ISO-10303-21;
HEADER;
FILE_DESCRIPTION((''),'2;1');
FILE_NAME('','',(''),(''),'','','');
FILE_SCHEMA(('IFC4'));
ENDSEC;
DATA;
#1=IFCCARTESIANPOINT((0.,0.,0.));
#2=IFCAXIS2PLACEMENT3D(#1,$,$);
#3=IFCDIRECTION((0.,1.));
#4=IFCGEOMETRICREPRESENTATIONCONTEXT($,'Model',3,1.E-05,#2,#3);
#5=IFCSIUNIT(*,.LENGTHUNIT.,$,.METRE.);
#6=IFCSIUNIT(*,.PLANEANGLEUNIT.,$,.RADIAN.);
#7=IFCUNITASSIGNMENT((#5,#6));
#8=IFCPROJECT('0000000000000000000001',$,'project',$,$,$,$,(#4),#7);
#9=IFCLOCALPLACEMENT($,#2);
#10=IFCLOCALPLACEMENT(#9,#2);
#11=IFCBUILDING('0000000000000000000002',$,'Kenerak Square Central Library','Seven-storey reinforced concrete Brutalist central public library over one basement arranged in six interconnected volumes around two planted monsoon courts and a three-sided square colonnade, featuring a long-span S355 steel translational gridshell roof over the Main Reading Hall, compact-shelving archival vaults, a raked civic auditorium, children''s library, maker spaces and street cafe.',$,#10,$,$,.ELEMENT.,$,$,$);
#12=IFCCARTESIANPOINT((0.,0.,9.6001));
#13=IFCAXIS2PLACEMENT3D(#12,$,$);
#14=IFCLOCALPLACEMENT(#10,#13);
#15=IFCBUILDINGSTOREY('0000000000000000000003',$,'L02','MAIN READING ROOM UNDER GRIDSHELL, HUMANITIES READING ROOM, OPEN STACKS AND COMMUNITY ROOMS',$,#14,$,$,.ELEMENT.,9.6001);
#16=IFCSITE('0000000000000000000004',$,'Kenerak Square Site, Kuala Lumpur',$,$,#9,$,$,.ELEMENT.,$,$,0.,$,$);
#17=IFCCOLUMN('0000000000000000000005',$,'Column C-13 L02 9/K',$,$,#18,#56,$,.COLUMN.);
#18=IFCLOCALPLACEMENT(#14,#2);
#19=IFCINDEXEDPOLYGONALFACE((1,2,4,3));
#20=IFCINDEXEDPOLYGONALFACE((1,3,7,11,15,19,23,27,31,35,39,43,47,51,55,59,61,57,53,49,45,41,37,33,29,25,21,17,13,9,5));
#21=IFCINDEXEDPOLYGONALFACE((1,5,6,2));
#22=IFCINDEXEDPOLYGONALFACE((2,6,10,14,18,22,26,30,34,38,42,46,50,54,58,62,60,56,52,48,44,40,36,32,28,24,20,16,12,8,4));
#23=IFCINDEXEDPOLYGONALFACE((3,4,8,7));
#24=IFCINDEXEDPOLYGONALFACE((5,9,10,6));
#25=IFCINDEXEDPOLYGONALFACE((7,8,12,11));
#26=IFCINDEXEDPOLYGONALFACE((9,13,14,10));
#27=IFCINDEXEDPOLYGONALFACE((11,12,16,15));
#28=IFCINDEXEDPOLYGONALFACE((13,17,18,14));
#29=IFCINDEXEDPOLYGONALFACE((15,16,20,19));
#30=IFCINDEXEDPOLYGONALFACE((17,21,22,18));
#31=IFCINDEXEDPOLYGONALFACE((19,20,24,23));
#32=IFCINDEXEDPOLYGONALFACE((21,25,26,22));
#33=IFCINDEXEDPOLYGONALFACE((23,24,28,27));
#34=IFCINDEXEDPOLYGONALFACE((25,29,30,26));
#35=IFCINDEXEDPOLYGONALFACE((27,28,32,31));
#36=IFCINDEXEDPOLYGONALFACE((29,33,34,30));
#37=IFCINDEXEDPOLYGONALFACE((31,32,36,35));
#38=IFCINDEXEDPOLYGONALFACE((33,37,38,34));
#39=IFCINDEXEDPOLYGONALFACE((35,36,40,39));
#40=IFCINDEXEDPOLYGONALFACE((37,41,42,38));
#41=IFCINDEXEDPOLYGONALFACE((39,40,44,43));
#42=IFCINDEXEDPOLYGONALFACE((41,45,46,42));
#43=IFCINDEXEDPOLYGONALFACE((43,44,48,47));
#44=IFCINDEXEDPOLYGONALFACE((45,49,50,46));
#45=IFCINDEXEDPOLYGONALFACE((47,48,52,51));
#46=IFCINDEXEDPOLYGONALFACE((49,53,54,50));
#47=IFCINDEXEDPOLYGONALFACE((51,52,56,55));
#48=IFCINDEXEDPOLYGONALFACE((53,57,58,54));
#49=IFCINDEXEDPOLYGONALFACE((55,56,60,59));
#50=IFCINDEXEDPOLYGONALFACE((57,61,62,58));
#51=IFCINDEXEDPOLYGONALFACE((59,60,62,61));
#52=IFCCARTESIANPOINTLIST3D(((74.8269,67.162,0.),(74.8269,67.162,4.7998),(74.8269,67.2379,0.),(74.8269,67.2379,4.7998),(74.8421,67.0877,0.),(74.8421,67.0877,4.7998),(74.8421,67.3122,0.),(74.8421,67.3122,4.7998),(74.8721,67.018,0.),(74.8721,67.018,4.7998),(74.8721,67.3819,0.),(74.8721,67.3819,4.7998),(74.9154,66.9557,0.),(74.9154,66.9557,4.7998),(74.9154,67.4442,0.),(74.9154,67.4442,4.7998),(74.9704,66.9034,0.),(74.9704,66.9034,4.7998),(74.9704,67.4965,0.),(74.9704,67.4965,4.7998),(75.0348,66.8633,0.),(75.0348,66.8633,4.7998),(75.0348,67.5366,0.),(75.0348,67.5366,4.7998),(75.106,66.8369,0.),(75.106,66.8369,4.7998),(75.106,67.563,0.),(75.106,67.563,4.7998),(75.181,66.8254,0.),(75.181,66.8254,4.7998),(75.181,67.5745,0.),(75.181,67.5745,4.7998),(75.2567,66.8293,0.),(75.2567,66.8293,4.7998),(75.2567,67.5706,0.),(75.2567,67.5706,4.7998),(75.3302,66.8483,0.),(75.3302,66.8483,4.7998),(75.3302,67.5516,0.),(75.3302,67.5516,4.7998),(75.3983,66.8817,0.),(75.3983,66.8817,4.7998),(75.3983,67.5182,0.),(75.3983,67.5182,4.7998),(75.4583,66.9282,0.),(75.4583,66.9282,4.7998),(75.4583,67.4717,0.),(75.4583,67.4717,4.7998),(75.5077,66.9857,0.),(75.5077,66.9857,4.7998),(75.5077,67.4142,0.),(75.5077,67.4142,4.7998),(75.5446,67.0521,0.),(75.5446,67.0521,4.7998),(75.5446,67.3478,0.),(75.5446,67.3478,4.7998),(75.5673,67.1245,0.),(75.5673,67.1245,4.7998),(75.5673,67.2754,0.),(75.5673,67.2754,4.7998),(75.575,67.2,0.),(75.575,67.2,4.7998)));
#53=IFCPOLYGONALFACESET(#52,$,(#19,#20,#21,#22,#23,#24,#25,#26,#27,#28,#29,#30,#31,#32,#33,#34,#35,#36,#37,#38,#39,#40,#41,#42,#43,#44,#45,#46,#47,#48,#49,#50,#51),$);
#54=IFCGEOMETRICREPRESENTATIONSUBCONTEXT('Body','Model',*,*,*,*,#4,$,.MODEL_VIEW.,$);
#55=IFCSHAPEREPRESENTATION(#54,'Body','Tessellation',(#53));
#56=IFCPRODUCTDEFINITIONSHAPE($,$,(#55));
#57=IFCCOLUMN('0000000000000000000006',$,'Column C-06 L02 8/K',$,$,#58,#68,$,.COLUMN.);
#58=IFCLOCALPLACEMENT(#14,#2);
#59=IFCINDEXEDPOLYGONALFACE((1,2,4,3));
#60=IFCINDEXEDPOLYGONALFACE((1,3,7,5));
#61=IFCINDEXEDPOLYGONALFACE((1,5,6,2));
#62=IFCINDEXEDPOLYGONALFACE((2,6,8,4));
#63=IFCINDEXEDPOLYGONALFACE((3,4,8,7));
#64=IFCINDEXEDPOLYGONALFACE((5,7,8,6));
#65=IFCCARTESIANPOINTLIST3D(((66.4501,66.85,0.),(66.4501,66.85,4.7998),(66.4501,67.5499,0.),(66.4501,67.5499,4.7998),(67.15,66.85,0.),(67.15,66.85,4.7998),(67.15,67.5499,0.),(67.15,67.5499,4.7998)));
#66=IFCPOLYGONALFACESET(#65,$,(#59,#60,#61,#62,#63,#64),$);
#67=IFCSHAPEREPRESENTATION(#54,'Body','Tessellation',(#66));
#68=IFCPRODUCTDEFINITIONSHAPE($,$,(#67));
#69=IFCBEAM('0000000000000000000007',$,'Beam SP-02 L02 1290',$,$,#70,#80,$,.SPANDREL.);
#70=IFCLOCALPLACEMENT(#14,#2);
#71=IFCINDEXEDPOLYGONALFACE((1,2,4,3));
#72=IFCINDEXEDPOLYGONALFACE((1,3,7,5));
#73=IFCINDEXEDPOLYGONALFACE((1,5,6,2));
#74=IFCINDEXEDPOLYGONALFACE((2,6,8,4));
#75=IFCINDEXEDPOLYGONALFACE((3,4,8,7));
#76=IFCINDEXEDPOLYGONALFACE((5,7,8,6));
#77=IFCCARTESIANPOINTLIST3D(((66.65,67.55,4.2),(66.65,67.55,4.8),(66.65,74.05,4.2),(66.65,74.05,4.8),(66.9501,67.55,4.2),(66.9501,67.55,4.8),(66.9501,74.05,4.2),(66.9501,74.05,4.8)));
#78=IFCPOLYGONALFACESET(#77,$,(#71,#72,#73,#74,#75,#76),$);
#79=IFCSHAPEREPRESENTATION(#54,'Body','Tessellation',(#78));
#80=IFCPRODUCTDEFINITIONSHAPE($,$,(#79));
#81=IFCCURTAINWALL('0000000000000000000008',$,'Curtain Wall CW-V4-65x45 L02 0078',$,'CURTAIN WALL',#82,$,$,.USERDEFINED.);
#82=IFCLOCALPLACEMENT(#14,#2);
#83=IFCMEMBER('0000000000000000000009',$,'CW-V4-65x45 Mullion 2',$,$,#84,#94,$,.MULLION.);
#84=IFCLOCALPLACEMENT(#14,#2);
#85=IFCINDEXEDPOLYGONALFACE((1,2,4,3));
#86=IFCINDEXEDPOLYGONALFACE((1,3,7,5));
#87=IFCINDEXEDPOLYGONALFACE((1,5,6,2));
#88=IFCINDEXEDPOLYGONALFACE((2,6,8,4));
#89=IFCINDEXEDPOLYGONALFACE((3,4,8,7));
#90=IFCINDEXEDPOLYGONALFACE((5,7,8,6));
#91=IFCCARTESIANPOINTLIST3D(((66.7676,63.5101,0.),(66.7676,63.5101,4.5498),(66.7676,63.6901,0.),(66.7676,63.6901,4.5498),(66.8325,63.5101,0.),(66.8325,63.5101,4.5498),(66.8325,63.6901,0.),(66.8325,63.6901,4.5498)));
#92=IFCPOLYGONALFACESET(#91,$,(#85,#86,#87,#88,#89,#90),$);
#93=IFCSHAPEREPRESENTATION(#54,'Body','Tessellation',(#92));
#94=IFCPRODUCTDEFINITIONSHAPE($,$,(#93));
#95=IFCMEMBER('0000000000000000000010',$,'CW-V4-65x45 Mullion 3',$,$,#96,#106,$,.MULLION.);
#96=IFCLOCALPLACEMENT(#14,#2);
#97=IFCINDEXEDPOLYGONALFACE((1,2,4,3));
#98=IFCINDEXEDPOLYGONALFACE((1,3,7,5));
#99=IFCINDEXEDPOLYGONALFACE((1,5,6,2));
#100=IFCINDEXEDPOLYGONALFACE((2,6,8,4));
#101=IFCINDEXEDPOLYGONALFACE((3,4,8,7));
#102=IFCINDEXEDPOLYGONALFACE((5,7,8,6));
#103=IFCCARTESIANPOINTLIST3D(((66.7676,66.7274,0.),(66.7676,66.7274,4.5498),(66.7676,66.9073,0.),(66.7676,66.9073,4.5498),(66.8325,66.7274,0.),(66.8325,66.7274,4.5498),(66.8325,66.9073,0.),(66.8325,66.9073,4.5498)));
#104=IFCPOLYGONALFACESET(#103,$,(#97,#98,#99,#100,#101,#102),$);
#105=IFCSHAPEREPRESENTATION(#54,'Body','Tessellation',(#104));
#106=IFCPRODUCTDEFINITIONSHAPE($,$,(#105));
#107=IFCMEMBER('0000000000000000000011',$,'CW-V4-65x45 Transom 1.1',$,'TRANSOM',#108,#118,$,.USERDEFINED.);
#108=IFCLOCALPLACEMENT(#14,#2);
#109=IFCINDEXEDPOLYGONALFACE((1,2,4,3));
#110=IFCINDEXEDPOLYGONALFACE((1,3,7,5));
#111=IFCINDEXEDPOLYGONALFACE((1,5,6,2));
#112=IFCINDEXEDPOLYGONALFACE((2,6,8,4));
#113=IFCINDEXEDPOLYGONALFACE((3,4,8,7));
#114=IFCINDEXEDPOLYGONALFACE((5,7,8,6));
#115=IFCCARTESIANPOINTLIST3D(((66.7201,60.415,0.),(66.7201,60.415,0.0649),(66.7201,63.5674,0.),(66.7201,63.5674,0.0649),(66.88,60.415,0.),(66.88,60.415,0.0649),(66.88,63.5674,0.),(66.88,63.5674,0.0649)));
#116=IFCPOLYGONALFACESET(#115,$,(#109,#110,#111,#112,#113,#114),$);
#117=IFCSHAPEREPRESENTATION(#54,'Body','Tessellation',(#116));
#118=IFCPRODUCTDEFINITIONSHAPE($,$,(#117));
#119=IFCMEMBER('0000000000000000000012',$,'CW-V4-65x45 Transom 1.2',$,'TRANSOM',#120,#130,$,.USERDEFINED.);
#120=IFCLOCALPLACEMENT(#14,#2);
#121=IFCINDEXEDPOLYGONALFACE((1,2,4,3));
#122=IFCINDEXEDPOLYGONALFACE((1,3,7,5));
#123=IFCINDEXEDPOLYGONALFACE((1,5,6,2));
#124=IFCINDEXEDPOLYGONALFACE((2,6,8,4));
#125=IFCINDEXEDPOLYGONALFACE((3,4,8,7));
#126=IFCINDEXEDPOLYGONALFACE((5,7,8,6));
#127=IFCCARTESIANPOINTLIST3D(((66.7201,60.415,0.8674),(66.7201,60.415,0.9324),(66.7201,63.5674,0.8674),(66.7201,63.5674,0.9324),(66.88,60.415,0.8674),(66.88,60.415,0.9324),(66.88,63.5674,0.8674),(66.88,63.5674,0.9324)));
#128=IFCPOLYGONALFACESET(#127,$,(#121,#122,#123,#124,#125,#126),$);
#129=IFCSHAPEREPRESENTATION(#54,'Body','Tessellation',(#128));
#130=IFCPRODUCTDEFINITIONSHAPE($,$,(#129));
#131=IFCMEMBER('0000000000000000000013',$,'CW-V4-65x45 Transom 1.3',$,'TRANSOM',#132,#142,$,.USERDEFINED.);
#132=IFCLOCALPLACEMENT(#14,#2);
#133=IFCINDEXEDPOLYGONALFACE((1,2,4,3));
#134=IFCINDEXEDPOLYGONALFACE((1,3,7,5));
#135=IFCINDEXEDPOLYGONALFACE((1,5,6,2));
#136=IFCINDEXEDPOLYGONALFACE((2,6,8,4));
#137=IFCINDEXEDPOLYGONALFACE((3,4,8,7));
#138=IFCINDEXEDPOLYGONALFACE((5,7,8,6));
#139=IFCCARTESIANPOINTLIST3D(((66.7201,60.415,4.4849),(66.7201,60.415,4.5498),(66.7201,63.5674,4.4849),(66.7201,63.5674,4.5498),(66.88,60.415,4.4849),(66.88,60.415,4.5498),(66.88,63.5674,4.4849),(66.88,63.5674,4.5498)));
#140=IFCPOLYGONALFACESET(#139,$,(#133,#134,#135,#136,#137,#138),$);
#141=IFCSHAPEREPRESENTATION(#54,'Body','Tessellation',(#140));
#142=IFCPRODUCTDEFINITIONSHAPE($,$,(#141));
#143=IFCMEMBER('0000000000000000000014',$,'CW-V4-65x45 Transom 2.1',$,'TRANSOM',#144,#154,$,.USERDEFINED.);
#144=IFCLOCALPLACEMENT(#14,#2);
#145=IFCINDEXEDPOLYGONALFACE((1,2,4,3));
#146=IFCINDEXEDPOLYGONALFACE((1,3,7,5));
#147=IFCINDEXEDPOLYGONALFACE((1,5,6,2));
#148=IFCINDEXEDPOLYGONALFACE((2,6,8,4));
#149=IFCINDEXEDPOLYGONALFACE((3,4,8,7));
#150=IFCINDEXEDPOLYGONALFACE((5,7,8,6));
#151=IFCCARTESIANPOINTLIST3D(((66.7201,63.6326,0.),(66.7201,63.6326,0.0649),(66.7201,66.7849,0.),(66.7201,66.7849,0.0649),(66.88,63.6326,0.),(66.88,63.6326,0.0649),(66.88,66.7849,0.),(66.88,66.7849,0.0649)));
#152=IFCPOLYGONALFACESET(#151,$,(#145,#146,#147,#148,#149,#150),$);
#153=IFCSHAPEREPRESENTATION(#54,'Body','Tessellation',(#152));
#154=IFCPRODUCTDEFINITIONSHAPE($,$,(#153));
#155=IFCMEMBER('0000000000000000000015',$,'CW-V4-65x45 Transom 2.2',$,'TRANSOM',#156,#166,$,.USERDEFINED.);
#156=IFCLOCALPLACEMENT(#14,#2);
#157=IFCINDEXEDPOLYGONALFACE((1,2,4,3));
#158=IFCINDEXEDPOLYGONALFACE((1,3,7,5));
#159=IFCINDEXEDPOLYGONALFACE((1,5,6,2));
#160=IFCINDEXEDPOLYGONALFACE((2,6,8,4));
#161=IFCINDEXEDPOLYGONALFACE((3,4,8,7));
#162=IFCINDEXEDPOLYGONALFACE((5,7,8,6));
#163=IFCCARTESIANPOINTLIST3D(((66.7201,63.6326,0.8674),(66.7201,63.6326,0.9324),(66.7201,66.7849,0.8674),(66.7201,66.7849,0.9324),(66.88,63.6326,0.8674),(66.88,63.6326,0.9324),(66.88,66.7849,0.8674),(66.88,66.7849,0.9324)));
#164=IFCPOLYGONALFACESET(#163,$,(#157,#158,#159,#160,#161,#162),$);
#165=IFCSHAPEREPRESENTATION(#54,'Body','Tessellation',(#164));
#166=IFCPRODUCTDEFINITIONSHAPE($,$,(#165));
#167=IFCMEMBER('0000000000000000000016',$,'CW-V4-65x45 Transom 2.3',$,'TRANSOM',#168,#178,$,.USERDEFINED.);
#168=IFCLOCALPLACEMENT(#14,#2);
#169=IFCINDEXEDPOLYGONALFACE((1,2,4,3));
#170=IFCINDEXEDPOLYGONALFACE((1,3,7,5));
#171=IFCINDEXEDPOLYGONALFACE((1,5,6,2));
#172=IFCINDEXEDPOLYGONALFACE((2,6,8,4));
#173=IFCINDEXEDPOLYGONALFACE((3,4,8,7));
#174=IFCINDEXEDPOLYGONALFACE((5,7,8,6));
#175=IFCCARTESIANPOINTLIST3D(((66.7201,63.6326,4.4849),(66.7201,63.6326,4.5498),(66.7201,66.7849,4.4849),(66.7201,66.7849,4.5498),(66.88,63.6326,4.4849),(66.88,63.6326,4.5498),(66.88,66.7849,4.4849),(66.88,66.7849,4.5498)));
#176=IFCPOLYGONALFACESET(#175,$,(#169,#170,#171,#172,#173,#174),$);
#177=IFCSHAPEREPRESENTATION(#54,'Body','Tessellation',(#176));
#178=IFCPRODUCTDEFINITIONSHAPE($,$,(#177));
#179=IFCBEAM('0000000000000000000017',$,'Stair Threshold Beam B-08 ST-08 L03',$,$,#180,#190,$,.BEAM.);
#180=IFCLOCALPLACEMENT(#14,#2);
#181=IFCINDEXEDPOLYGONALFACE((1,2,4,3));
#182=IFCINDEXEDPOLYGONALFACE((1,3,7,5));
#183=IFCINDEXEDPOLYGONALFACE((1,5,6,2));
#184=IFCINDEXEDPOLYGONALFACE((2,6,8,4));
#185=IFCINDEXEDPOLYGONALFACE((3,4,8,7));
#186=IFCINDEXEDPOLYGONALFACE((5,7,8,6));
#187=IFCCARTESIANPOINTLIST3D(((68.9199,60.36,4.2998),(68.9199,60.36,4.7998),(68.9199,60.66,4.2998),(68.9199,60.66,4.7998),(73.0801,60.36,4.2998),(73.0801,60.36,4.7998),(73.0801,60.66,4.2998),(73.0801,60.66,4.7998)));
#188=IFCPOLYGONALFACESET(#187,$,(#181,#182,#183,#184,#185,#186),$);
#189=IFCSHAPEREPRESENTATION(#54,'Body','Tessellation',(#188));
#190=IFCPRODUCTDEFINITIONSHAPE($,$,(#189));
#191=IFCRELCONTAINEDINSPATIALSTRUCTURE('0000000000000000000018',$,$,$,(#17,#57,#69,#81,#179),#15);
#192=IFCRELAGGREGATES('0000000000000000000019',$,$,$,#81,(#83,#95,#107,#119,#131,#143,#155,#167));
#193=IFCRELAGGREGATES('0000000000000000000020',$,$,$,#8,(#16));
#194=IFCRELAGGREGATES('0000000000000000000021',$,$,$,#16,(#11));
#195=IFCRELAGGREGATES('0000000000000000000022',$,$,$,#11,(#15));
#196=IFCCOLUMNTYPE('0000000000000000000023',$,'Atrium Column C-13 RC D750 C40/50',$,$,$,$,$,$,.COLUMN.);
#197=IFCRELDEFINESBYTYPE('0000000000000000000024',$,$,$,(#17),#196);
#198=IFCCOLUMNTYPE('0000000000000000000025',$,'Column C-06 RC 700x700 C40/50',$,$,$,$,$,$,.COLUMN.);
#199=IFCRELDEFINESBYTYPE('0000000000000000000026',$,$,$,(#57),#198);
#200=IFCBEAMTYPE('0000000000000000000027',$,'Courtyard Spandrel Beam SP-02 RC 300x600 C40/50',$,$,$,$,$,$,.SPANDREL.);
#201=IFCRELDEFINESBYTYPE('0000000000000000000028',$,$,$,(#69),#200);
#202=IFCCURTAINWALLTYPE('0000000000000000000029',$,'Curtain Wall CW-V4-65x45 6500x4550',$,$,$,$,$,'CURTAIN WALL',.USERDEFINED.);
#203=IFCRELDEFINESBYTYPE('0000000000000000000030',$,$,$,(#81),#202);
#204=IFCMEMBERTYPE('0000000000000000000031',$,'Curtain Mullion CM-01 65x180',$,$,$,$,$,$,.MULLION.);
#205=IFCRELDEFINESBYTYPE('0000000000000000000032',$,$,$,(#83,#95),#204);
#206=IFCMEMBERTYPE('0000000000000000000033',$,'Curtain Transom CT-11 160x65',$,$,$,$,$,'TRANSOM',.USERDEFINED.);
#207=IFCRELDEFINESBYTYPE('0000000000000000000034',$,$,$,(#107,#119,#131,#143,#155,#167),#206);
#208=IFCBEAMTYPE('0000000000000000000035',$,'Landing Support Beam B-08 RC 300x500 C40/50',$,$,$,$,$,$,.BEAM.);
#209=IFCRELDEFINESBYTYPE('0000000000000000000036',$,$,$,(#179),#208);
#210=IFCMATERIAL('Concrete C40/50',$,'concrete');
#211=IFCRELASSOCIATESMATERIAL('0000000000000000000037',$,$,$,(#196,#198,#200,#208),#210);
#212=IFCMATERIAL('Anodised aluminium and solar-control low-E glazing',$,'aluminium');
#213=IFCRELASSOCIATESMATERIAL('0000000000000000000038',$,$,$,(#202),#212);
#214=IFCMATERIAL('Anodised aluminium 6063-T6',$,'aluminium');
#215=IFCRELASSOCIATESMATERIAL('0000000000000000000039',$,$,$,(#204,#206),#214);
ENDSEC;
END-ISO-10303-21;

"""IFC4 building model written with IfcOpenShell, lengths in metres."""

from ifc_helpers import new_model, si_unit, direction, frame, origin, origin_2d, place, context, subcontext, project, spatial, rectangle, circle, extrude, material, material_profile, profile_set, type_object, element, aggregate, save


model = new_model("IFC4")

# Units and contexts
model_context = context("Model", 3, precision=1e-05, world=origin(), true_north=direction((0.0, 1.0)))
body_context = subcontext(model_context, "Body", "Model", "MODEL_VIEW")
ifc_project = project(units=[si_unit("LENGTHUNIT", "METRE"), si_unit("PLANEANGLEUNIT", "RADIAN")], contexts=[model_context])

# Site, building, storey
site_placement = place(None, origin())
site = spatial("IfcSite", under=ifc_project, at=site_placement, Name="Kenerak Square Site, Kuala Lumpur", CompositionType="ELEMENT", RefElevation=0.0)
building_placement = place(site_placement, origin())
building = spatial("IfcBuilding", under=site, at=building_placement, Name="Kenerak Square Central Library", Description="Seven-storey reinforced concrete Brutalist central public library over one basement arranged in six interconnected volumes around two planted monsoon courts and a three-sided square colonnade, featuring a long-span S355 steel translational gridshell roof over the Main Reading Hall, compact-shelving archival vaults, a raked civic auditorium, children's library, maker spaces and street cafe.", CompositionType="ELEMENT")
storey_placement = place(building_placement, frame((0.0, 0.0, 9.6001)))
storey = spatial("IfcBuildingStorey", under=building, at=storey_placement, Name="L02", Description="MAIN READING ROOM UNDER GRIDSHELL, HUMANITIES READING ROOM, OPEN STACKS AND COMMUNITY ROOMS", CompositionType="ELEMENT", Elevation=9.6001)

# Columns
ifc_material_1 = material(Name="Concrete C40/50", Category="concrete")
ifc_material_profile_1 = material_profile(ifc_material_1, circle(Radius=0.375, at=origin_2d()), Name="RC D750")
ifc_profile_set_1 = profile_set([ifc_material_profile_1], Name="Concrete C40/50")
column_type_1 = type_object("IfcColumnType", Name="Atrium Column C-13 RC D750 C40/50", PredefinedType="COLUMN", material=ifc_profile_set_1)
column_1_placement = place(storey_placement, frame((75.2, 67.2, 0.0), z_axis=(0.0, 0.0, 1.0), x_axis=(1.0, 0.0, 0.0)))
element("IfcColumn", 1, at=column_1_placement, inside=storey, type_object=column_type_1, Name="Column C-13 L02 9/K", PredefinedType="COLUMN", context=body_context, shape_type="SweptSolid", body=[
    extrude(circle(Radius=0.375, at=origin_2d()), origin(), (0.0, 0.0, 1.0), 4.7998),
])
ifc_material_profile_2 = material_profile(ifc_material_1, rectangle(XDim=0.7, YDim=0.7, at=origin_2d()), Name="RC 700x700")
ifc_profile_set_2 = profile_set([ifc_material_profile_2], Name="Concrete C40/50")
column_type_2 = type_object("IfcColumnType", Name="Column C-06 RC 700x700 C40/50", PredefinedType="COLUMN", material=ifc_profile_set_2)
column_2_placement = place(storey_placement, frame((66.8, 67.2, 0.0), z_axis=(0.0, 0.0, 1.0), x_axis=(1.0, 0.0, 0.0)))
element("IfcColumn", 2, at=column_2_placement, inside=storey, type_object=column_type_2, Name="Column C-06 L02 8/K", PredefinedType="COLUMN", context=body_context, shape_type="SweptSolid", body=[
    extrude(rectangle(XDim=0.7, YDim=0.7, at=origin_2d()), origin(), (0.0, 0.0, 1.0), 4.7998),
])

# Beam
ifc_material_profile_3 = material_profile(ifc_material_1, rectangle(XDim=0.3, YDim=0.6001, at=origin_2d()), Name="RC 300x600")
ifc_profile_set_3 = profile_set([ifc_material_profile_3], Name="Concrete C40/50")
beam_type_1 = type_object("IfcBeamType", Name="Courtyard Spandrel Beam SP-02 RC 300x600 C40/50", PredefinedType="SPANDREL", material=ifc_profile_set_3)
beam_1_placement = place(storey_placement, frame((66.8, 67.55, 4.5), z_axis=(0.0, 1.0, 0.0), x_axis=(-1.0, 0.0, 0.0)))
element("IfcBeam", 3, at=beam_1_placement, inside=storey, type_object=beam_type_1, Name="Beam SP-02 L02 1290", PredefinedType="SPANDREL", context=body_context, shape_type="SweptSolid", body=[
    extrude(rectangle(XDim=0.3, YDim=0.6001, at=origin_2d()), origin(), (0.0, 0.0, 1.0), 6.5),
])

# Curtain wall, members
ifc_material_2 = material(Name="Anodised aluminium and solar-control low-E glazing", Category="aluminium")
curtain_wall_type = type_object("IfcCurtainWallType", Name="Curtain Wall CW-V4-65x45 6500x4550", ElementType="CURTAIN WALL", PredefinedType="USERDEFINED", material=ifc_material_2)
curtain_wall_placement = place(storey_placement, origin())
curtain_wall = element("IfcCurtainWall", 4, at=curtain_wall_placement, inside=storey, type_object=curtain_wall_type, Name="Curtain Wall CW-V4-65x45 L02 0078", ObjectType="CURTAIN WALL", PredefinedType="USERDEFINED")
ifc_material_3 = material(Name="Anodised aluminium 6063-T6", Category="aluminium")
ifc_material_profile_4 = material_profile(ifc_material_3, rectangle(XDim=0.0649, YDim=0.1799, at=origin_2d()), Name="AL MULLION 65x180")
ifc_profile_set_4 = profile_set([ifc_material_profile_4], Name="Anodised aluminium 6063-T6")
member_type_1 = type_object("IfcMemberType", Name="Curtain Mullion CM-01 65x180", PredefinedType="MULLION", material=ifc_profile_set_4)
member_1_placement = place(storey_placement, frame((66.8, 63.6001, 0.0), z_axis=(0.0, 0.0, 1.0), x_axis=(-1.0, 0.0, 0.0)))
member_1 = element("IfcMember", 5, at=member_1_placement, type_object=member_type_1, Name="CW-V4-65x45 Mullion 2", PredefinedType="MULLION", context=body_context, shape_type="SweptSolid", body=[
    extrude(rectangle(XDim=0.0649, YDim=0.1799, at=origin_2d()), origin(), (0.0, 0.0, 1.0), 4.5498),
])
member_2_placement = place(storey_placement, frame((66.8, 66.8174, 0.0), z_axis=(0.0, 0.0, 1.0), x_axis=(-1.0, 0.0, 0.0)))
member_2 = element("IfcMember", 6, at=member_2_placement, type_object=member_type_1, Name="CW-V4-65x45 Mullion 3", PredefinedType="MULLION", context=body_context, shape_type="SweptSolid", body=[
    extrude(rectangle(XDim=0.0649, YDim=0.1799, at=origin_2d()), origin(), (0.0, 0.0, 1.0), 4.5498),
])
ifc_material_profile_5 = material_profile(ifc_material_3, rectangle(XDim=0.1599, YDim=0.0649, at=origin_2d()), Name="AL TRANSOM 160x65")
ifc_profile_set_5 = profile_set([ifc_material_profile_5], Name="Anodised aluminium 6063-T6")
member_type_2 = type_object("IfcMemberType", Name="Curtain Transom CT-11 160x65", ElementType="TRANSOM", PredefinedType="USERDEFINED", material=ifc_profile_set_5)
member_3_placement = place(storey_placement, frame((66.8, 60.415, 0.0325), z_axis=(0.0, 1.0, 0.0), x_axis=(-1.0, 0.0, 0.0)))
member_3 = element("IfcMember", 7, at=member_3_placement, type_object=member_type_2, Name="CW-V4-65x45 Transom 1.1", ObjectType="TRANSOM", PredefinedType="USERDEFINED", context=body_context, shape_type="SweptSolid", body=[
    extrude(rectangle(XDim=0.1599, YDim=0.0649, at=origin_2d()), origin(), (0.0, 0.0, 1.0), 3.1523),
])
member_4_placement = place(storey_placement, frame((66.8, 60.415, 0.8999), z_axis=(0.0, 1.0, 0.0), x_axis=(-1.0, 0.0, 0.0)))
member_4 = element("IfcMember", 8, at=member_4_placement, type_object=member_type_2, Name="CW-V4-65x45 Transom 1.2", ObjectType="TRANSOM", PredefinedType="USERDEFINED", context=body_context, shape_type="SweptSolid", body=[
    extrude(rectangle(XDim=0.1599, YDim=0.0649, at=origin_2d()), origin(), (0.0, 0.0, 1.0), 3.1523),
])
member_5_placement = place(storey_placement, frame((66.8, 60.415, 4.5173), z_axis=(0.0, 1.0, 0.0), x_axis=(-1.0, 0.0, 0.0)))
member_5 = element("IfcMember", 9, at=member_5_placement, type_object=member_type_2, Name="CW-V4-65x45 Transom 1.3", ObjectType="TRANSOM", PredefinedType="USERDEFINED", context=body_context, shape_type="SweptSolid", body=[
    extrude(rectangle(XDim=0.1599, YDim=0.0649, at=origin_2d()), origin(), (0.0, 0.0, 1.0), 3.1523),
])
member_6_placement = place(storey_placement, frame((66.8, 63.6326, 0.0325), z_axis=(0.0, 1.0, 0.0), x_axis=(-1.0, 0.0, 0.0)))
member_6 = element("IfcMember", 10, at=member_6_placement, type_object=member_type_2, Name="CW-V4-65x45 Transom 2.1", ObjectType="TRANSOM", PredefinedType="USERDEFINED", context=body_context, shape_type="SweptSolid", body=[
    extrude(rectangle(XDim=0.1599, YDim=0.0649, at=origin_2d()), origin(), (0.0, 0.0, 1.0), 3.1523),
])
member_7_placement = place(storey_placement, frame((66.8, 63.6326, 0.8999), z_axis=(0.0, 1.0, 0.0), x_axis=(-1.0, 0.0, 0.0)))
member_7 = element("IfcMember", 11, at=member_7_placement, type_object=member_type_2, Name="CW-V4-65x45 Transom 2.2", ObjectType="TRANSOM", PredefinedType="USERDEFINED", context=body_context, shape_type="SweptSolid", body=[
    extrude(rectangle(XDim=0.1599, YDim=0.0649, at=origin_2d()), origin(), (0.0, 0.0, 1.0), 3.1523),
])
member_8_placement = place(storey_placement, frame((66.8, 63.6326, 4.5173), z_axis=(0.0, 1.0, 0.0), x_axis=(-1.0, 0.0, 0.0)))
member_8 = element("IfcMember", 12, at=member_8_placement, type_object=member_type_2, Name="CW-V4-65x45 Transom 2.3", ObjectType="TRANSOM", PredefinedType="USERDEFINED", context=body_context, shape_type="SweptSolid", body=[
    extrude(rectangle(XDim=0.1599, YDim=0.0649, at=origin_2d()), origin(), (0.0, 0.0, 1.0), 3.1523),
])

# Beam
ifc_material_profile_6 = material_profile(ifc_material_1, rectangle(XDim=0.3, YDim=0.5, at=origin_2d()), Name="RC 300x500")
ifc_profile_set_6 = profile_set([ifc_material_profile_6], Name="Concrete C40/50")
beam_type_2 = type_object("IfcBeamType", Name="Landing Support Beam B-08 RC 300x500 C40/50", PredefinedType="BEAM", material=ifc_profile_set_6)
beam_2_placement = place(storey_placement, frame((68.9199, 60.51, 4.5498), z_axis=(1.0, 0.0, 0.0), x_axis=(0.0, 1.0, 0.0)))
element("IfcBeam", 13, at=beam_2_placement, inside=storey, type_object=beam_type_2, Name="Stair Threshold Beam B-08 ST-08 L03", PredefinedType="BEAM", context=body_context, shape_type="SweptSolid", body=[
    extrude(rectangle(XDim=0.3, YDim=0.5, at=origin_2d()), origin(), (0.0, 0.0, 1.0), 4.1602),
])

aggregate(curtain_wall, [member_1, member_2, member_3, member_4, member_5, member_6, member_7, member_8])

save(model, "model.ifc")
